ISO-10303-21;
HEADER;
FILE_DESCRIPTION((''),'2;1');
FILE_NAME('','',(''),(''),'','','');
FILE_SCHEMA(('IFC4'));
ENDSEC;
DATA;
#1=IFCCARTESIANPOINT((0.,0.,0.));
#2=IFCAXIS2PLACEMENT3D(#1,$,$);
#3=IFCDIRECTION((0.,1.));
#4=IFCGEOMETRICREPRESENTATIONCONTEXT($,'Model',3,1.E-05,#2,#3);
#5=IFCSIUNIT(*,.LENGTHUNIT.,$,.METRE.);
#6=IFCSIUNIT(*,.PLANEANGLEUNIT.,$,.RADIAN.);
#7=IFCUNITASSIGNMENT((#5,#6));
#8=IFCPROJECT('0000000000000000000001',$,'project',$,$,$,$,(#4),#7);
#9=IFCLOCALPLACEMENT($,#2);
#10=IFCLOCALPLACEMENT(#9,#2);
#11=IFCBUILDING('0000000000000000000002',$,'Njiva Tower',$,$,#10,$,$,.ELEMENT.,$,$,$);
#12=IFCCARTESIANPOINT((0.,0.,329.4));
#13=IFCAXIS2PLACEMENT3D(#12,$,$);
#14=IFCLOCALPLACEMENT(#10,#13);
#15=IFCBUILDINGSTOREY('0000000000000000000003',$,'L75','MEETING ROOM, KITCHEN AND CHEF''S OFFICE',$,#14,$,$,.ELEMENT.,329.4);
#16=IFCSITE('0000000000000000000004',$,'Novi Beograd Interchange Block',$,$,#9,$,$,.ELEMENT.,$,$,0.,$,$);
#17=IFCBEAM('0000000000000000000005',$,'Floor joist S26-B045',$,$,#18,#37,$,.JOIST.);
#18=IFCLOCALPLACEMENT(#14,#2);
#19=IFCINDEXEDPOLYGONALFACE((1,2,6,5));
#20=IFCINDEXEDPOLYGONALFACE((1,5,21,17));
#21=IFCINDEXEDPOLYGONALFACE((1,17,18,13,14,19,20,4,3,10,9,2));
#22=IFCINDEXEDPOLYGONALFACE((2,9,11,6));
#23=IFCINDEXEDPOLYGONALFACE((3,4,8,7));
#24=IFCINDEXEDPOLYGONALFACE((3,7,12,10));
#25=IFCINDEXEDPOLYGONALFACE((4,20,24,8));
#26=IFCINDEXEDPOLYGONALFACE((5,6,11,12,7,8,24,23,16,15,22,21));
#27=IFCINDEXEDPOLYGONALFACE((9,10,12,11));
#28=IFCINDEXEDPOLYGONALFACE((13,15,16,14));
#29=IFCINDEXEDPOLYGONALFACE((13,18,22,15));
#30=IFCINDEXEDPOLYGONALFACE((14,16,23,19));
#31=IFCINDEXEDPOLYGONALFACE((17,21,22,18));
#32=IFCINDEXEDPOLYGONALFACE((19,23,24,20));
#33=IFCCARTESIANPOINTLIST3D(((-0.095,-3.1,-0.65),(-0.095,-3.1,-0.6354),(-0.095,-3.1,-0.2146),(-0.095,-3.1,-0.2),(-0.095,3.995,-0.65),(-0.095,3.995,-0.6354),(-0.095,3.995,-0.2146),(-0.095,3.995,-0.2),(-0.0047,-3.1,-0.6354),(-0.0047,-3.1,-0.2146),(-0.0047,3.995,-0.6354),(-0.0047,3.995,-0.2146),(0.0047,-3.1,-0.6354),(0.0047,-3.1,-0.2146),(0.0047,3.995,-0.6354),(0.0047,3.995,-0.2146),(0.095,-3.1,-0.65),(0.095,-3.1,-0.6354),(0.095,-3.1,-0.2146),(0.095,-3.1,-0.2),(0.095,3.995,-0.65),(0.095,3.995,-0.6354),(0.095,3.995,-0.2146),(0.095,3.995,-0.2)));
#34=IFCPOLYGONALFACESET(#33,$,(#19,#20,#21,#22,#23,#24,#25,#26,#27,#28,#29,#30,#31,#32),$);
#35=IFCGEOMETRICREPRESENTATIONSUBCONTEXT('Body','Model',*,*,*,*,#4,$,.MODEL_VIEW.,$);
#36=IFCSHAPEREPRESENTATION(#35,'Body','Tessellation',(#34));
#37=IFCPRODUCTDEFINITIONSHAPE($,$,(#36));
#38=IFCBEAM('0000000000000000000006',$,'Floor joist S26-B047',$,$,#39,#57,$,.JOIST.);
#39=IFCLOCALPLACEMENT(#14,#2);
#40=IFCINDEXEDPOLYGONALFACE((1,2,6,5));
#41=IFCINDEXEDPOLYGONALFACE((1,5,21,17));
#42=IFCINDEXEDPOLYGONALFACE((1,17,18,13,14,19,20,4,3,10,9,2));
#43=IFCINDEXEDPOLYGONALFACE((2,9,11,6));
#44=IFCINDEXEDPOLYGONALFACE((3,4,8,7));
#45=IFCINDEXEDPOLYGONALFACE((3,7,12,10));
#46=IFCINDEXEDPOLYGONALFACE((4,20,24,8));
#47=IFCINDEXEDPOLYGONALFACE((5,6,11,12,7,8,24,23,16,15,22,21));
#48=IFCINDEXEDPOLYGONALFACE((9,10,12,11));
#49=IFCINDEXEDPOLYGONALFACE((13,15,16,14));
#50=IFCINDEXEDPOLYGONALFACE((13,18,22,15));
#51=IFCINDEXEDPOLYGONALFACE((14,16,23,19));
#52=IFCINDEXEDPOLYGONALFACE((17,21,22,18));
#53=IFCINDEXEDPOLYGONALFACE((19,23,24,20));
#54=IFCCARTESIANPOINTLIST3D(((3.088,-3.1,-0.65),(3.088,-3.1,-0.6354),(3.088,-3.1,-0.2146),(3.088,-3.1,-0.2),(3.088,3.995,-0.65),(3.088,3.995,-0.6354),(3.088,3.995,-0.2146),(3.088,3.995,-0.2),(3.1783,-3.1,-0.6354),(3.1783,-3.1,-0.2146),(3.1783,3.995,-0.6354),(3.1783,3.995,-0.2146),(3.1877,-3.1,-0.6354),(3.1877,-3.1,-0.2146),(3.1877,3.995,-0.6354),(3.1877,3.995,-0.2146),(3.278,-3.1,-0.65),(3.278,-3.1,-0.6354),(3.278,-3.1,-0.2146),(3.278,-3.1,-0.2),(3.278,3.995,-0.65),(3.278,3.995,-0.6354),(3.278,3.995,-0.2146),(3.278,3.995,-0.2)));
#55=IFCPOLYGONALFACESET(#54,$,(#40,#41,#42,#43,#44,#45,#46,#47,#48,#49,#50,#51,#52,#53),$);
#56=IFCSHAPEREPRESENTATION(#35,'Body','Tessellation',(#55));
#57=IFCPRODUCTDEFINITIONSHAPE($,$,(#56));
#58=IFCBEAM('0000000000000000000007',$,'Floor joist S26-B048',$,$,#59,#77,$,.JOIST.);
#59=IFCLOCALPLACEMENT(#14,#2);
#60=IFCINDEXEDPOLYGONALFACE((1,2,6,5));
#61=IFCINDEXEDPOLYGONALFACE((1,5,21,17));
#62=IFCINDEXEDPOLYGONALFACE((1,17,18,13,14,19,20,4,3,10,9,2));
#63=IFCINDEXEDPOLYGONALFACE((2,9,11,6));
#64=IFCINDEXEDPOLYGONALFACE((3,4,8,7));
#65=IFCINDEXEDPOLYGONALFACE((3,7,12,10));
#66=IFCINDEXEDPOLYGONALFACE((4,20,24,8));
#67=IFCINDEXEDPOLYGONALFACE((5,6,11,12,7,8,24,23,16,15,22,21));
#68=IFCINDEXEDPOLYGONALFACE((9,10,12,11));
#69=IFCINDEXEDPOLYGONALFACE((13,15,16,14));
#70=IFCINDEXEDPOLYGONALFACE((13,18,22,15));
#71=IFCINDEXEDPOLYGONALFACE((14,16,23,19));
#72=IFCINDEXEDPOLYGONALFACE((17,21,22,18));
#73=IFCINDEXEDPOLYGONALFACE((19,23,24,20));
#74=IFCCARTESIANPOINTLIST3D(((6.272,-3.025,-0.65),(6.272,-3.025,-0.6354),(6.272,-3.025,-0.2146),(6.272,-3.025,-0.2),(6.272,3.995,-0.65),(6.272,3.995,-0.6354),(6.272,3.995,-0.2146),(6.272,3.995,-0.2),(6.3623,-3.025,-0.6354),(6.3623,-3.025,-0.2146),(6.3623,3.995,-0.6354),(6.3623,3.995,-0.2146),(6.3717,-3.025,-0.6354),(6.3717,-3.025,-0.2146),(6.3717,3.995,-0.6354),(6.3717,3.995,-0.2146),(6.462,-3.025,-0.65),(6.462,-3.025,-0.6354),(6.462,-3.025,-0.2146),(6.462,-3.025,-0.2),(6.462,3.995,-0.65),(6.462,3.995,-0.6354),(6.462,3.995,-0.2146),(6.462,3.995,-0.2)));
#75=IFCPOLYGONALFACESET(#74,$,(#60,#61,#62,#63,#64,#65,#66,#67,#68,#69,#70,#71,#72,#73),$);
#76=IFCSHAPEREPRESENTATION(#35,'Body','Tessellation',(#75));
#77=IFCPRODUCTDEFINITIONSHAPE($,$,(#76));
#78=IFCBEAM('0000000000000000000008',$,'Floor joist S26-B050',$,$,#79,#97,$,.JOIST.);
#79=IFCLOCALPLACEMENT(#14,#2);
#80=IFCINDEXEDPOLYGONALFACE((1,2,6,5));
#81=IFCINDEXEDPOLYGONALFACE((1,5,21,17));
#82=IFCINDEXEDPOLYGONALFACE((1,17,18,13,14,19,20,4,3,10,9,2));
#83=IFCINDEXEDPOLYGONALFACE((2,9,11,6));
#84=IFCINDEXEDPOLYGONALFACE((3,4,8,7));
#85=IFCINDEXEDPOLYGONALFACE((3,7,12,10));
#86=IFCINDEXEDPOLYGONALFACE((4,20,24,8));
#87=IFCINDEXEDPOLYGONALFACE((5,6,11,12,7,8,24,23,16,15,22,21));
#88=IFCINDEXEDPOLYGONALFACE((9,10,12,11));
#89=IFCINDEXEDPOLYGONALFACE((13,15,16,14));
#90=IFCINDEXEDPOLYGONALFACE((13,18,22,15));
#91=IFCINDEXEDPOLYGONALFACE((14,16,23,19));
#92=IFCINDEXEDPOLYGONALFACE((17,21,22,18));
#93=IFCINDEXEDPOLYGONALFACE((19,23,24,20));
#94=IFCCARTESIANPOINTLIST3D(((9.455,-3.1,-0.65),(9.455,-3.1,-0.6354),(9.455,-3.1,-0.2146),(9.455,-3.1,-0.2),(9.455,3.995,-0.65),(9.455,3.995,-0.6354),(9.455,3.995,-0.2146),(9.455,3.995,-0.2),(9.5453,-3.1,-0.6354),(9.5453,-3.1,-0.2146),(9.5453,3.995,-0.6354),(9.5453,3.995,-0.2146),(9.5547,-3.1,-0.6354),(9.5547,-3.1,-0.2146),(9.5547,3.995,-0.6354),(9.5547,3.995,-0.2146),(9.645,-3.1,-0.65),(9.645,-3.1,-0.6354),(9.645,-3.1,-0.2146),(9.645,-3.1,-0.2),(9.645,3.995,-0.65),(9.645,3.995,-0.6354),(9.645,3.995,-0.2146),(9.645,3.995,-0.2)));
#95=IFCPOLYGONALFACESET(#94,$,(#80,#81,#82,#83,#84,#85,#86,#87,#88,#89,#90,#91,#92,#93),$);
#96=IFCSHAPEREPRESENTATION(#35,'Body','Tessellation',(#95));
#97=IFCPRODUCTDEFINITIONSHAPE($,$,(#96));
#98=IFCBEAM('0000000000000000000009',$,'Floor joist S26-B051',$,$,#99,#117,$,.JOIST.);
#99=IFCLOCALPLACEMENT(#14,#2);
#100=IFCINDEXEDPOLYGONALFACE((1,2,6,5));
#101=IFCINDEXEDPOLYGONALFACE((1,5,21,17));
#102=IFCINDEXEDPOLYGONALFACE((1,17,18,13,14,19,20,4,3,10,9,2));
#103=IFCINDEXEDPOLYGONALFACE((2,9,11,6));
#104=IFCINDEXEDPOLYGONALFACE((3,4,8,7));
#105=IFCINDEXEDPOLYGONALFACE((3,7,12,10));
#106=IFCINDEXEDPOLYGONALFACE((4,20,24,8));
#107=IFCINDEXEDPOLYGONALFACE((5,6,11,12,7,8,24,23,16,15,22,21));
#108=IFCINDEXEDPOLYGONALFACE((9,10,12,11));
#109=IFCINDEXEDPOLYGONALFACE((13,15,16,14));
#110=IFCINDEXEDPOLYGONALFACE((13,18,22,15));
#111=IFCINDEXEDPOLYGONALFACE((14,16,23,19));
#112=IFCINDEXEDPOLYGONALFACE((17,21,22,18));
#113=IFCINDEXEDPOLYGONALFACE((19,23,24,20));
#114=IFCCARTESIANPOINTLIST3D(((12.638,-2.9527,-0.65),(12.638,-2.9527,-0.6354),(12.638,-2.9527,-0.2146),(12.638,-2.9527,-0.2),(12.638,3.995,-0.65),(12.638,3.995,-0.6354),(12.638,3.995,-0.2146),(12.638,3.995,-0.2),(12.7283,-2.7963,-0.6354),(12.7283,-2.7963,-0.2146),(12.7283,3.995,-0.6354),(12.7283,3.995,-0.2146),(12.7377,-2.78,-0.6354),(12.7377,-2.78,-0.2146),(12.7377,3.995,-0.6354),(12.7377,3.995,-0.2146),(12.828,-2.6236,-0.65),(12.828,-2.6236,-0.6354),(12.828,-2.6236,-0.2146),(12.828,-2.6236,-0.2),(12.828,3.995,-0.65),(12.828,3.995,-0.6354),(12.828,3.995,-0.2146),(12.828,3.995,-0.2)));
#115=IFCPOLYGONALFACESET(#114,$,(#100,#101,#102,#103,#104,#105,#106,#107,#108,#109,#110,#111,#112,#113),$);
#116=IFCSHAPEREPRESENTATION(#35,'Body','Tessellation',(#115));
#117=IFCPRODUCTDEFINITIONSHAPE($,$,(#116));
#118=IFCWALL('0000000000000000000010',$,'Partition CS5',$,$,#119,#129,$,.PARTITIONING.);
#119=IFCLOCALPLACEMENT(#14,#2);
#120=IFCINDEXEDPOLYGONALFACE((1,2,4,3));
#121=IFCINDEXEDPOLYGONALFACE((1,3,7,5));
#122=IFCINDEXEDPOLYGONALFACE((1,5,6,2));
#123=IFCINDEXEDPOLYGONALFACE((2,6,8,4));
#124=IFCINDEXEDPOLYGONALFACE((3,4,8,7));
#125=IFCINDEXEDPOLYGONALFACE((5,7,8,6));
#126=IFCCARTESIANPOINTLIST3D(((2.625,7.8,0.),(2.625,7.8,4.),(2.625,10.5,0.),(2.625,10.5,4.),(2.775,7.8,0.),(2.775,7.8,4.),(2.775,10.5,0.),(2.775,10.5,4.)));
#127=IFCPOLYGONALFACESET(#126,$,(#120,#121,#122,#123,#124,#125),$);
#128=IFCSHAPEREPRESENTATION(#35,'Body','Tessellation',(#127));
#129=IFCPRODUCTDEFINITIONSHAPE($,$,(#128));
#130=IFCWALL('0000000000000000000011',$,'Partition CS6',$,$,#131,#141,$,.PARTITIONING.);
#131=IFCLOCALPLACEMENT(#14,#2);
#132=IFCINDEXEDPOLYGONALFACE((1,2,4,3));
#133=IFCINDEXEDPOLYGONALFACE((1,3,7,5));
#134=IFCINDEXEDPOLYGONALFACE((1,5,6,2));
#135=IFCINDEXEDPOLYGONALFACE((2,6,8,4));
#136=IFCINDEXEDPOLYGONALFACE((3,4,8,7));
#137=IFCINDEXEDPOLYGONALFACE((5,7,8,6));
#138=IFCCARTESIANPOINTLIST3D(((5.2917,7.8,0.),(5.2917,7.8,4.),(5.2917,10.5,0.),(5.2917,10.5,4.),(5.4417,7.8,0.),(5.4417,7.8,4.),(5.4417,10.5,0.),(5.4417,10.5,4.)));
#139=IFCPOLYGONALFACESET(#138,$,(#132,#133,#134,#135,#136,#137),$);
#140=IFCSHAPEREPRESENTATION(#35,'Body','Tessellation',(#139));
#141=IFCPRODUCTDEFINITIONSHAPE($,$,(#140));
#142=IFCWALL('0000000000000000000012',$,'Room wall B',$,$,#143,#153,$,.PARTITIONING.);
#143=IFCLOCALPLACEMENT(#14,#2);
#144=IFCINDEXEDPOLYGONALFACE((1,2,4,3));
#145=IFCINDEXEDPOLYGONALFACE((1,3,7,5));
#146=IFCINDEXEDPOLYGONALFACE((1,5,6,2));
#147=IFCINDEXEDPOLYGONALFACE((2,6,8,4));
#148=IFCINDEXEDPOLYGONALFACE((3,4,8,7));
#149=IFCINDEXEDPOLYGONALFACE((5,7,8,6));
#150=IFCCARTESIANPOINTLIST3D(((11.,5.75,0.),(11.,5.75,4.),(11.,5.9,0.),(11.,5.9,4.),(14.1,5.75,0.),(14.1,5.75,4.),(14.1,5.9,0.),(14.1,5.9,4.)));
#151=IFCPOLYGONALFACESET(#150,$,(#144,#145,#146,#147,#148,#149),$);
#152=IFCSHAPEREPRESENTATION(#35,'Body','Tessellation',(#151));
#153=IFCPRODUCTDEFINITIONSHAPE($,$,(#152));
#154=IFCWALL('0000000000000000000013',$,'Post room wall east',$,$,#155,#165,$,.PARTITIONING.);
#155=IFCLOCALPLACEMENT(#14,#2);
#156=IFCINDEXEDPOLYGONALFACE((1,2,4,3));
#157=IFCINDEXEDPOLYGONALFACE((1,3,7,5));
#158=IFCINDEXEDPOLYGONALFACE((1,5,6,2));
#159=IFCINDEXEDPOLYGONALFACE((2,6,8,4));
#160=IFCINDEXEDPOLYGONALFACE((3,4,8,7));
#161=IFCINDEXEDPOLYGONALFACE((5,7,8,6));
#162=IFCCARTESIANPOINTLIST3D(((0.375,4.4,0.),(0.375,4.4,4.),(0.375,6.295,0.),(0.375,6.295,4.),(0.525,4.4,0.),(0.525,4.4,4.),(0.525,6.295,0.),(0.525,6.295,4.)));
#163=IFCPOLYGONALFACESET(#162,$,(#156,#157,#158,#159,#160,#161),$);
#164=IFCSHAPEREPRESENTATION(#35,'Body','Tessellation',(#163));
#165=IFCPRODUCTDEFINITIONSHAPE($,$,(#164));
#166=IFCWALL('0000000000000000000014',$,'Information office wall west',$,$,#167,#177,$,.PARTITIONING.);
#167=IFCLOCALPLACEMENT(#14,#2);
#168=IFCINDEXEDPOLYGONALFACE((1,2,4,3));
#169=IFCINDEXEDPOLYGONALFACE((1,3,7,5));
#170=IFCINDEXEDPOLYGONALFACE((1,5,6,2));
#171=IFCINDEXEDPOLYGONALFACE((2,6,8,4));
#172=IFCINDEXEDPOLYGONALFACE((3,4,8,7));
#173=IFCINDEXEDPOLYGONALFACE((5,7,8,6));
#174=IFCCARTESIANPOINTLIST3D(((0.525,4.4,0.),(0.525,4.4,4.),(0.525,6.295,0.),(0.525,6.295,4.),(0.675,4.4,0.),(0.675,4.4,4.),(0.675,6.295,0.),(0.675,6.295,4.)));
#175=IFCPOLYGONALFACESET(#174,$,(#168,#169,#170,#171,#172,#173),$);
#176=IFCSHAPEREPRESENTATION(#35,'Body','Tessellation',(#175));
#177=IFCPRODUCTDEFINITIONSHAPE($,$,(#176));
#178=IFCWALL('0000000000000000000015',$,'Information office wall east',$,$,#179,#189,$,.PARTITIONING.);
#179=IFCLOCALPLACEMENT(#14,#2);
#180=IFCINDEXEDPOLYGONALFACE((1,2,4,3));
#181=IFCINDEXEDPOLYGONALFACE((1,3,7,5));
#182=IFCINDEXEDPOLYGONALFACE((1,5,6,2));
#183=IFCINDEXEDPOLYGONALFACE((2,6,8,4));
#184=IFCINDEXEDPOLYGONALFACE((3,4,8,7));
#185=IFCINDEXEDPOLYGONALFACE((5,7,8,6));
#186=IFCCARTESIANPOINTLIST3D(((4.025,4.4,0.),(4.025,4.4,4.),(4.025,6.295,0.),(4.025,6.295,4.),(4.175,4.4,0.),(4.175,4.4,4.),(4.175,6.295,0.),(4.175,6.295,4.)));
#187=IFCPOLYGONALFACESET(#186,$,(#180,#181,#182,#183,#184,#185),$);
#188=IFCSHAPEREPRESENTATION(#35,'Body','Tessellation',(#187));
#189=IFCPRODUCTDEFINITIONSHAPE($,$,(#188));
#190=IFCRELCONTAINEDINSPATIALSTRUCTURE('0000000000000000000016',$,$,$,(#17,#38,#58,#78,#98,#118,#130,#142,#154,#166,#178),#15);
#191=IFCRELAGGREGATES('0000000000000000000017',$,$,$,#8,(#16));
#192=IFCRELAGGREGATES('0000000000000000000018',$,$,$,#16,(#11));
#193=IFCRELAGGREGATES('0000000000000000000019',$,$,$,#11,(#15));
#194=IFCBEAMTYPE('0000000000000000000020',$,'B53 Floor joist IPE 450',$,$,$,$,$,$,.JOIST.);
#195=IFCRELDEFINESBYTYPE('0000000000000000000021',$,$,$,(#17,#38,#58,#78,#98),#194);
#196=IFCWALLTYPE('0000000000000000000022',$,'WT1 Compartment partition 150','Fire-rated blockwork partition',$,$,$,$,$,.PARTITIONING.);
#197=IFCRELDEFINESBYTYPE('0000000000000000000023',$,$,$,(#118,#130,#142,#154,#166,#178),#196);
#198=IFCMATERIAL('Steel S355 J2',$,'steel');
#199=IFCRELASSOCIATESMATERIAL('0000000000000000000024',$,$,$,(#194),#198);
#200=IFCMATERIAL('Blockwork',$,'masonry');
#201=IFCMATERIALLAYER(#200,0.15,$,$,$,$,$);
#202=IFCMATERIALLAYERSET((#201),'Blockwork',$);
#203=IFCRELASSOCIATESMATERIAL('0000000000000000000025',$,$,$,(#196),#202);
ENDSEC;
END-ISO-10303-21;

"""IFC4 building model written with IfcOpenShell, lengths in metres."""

from ifc_helpers import new_model, si_unit, direction, frame, frame_2d, origin, origin_2d, place, context, subcontext, project, spatial, rectangle, i_section, extrude, clip, halfspace, material, layer, layer_set, material_profile, profile_set, type_object, element, save


model = new_model("IFC4")

# Units and contexts
model_context = context("Model", 3, precision=1e-05, world=origin(), true_north=direction((0.0, 1.0)))
body_context = subcontext(model_context, "Body", "Model", "MODEL_VIEW")
ifc_project = project(units=[si_unit("LENGTHUNIT", "METRE"), si_unit("PLANEANGLEUNIT", "RADIAN")], contexts=[model_context])

# Site, building, storey
site_placement = place(None, origin())
site = spatial("IfcSite", under=ifc_project, at=site_placement, Name="Novi Beograd Interchange Block", CompositionType="ELEMENT", RefElevation=0.0)
building_placement = place(site_placement, origin())
building = spatial("IfcBuilding", under=site, at=building_placement, Name="Njiva Tower", CompositionType="ELEMENT")
storey_placement = place(building_placement, frame((0.0, 0.0, 329.4)))
storey = spatial("IfcBuildingStorey", under=building, at=storey_placement, Name="L75", Description="MEETING ROOM, KITCHEN AND CHEF'S OFFICE", CompositionType="ELEMENT", Elevation=329.4)

# Beams
ifc_material_1 = material(Name="Steel S355 J2", Category="steel")
ifc_material_profile = material_profile(ifc_material_1, i_section(OverallWidth=0.19, OverallDepth=0.45, WebThickness=0.0094, FlangeThickness=0.0146, at=origin_2d()), Name="IPE 450")
ifc_profile_set = profile_set([ifc_material_profile], Name="Steel S355 J2")
beam_type = type_object("IfcBeamType", Name="B53 Floor joist IPE 450", PredefinedType="JOIST", material=ifc_profile_set)
for number, where, z_axis, x_axis, name in (
    (1, (0.0, 3.995, -0.425), (0.0, -1.0, 0.0), (1.0, 0.0, 0.0), "Floor joist S26-B045"),
    (2, (3.183, 3.995, -0.425), (0.0, -1.0, 0.0), (1.0, 0.0, 0.0), "Floor joist S26-B047"),
):
    element("IfcBeam", number, at=place(storey_placement, frame(where, z_axis=z_axis, x_axis=x_axis)), inside=storey, type_object=beam_type, Name=name, PredefinedType="JOIST", context=body_context, shape_type="SweptSolid", body=[
        extrude(i_section(OverallWidth=0.19, OverallDepth=0.45, WebThickness=0.0094, FlangeThickness=0.0146, at=origin_2d()), origin(), (0.0, 0.0, 1.0), 7.095),
    ])
beam_1_placement = place(storey_placement, frame((6.367, 3.995, -0.425), z_axis=(0.0, -1.0, 0.0), x_axis=(1.0, 0.0, 0.0)))
element("IfcBeam", 3, at=beam_1_placement, inside=storey, type_object=beam_type, Name="Floor joist S26-B048", PredefinedType="JOIST", context=body_context, shape_type="SweptSolid", body=[
    extrude(i_section(OverallWidth=0.19, OverallDepth=0.45, WebThickness=0.0094, FlangeThickness=0.0146, at=origin_2d()), origin(), (0.0, 0.0, 1.0), 7.02),
])
beam_2_placement = place(storey_placement, frame((9.55, 3.995, -0.425), z_axis=(0.0, -1.0, 0.0), x_axis=(1.0, 0.0, 0.0)))
element("IfcBeam", 4, at=beam_2_placement, inside=storey, type_object=beam_type, Name="Floor joist S26-B050", PredefinedType="JOIST", context=body_context, shape_type="SweptSolid", body=[
    extrude(i_section(OverallWidth=0.19, OverallDepth=0.45, WebThickness=0.0094, FlangeThickness=0.0146, at=origin_2d()), origin(), (0.0, 0.0, 1.0), 7.095),
])
beam_3_placement = place(storey_placement, frame((12.733, 3.995, -0.425), z_axis=(0.0, -1.0, 0.0), x_axis=(1.0, 0.0, 0.0)))
element("IfcBeam", 5, at=beam_3_placement, inside=storey, type_object=beam_type, Name="Floor joist S26-B051", PredefinedType="JOIST", context=body_context, shape_type="Clipping", body=[
    clip(extrude(i_section(OverallWidth=0.19, OverallDepth=0.45, WebThickness=0.0094, FlangeThickness=0.0146, at=origin_2d()), origin(), (0.0, 0.0, 1.0), 6.968), halfspace(frame((0.0436, 0.0, 6.7076), z_axis=(0.866027, 0.0, 0.499998), x_axis=(0.0, 1.0, 0.0)), False)),
])

# Walls
ifc_material_2 = material(Name="Blockwork", Category="masonry")
ifc_layer_1 = layer(ifc_material_2, 0.15)
ifc_layer_set_1 = layer_set([ifc_layer_1], Name="Blockwork")
wall_type_1 = type_object("IfcWallType", Name="WT1 Compartment partition 150", Description="Fire-rated blockwork partition", PredefinedType="PARTITIONING", material=ifc_layer_set_1)
for number, where, z_axis, x_axis, name in (
    (6, (2.7, 7.8, 0.0), (0.0, 0.0, 1.0), (0.0, 1.0, 0.0), "Partition CS5"),
    (7, (5.3667, 7.8, 0.0), (0.0, 0.0, 1.0), (0.0, 1.0, 0.0), "Partition CS6"),
):
    element("IfcWall", number, at=place(storey_placement, frame(where, z_axis=z_axis, x_axis=x_axis)), inside=storey, type_object=wall_type_1, Name=name, PredefinedType="PARTITIONING", context=body_context, shape_type="SweptSolid", body=[
        extrude(rectangle(XDim=2.7, YDim=0.15, at=frame_2d((1.35, 0.0))), origin(), (0.0, 0.0, 1.0), 4.0),
    ])
wall_1_placement = place(storey_placement, frame((11.0, 5.825, 0.0), z_axis=(0.0, 0.0, 1.0), x_axis=(1.0, 0.0, 0.0)))
element("IfcWall", 8, at=wall_1_placement, inside=storey, type_object=wall_type_1, Name="Room wall B", PredefinedType="PARTITIONING", context=body_context, shape_type="SweptSolid", body=[
    extrude(rectangle(XDim=3.1, YDim=0.15, at=frame_2d((1.55, 0.0))), origin(), (0.0, 0.0, 1.0), 4.0),
])
for number, where, z_axis, x_axis, name in (
    (9, (0.45, 4.4, 0.0), (0.0, 0.0, 1.0), (0.0, 1.0, 0.0), "Post room wall east"),
    (10, (0.6, 4.4, 0.0), (0.0, 0.0, 1.0), (0.0, 1.0, 0.0), "Information office wall west"),
    (11, (4.1, 4.4, 0.0), (0.0, 0.0, 1.0), (0.0, 1.0, 0.0), "Information office wall east"),
):
    element("IfcWall", number, at=place(storey_placement, frame(where, z_axis=z_axis, x_axis=x_axis)), inside=storey, type_object=wall_type_1, Name=name, PredefinedType="PARTITIONING", context=body_context, shape_type="SweptSolid", body=[
        extrude(rectangle(XDim=1.895, YDim=0.15, at=frame_2d((0.9475, 0.0))), origin(), (0.0, 0.0, 1.0), 4.0),
    ])

save(model, "model.ifc")
